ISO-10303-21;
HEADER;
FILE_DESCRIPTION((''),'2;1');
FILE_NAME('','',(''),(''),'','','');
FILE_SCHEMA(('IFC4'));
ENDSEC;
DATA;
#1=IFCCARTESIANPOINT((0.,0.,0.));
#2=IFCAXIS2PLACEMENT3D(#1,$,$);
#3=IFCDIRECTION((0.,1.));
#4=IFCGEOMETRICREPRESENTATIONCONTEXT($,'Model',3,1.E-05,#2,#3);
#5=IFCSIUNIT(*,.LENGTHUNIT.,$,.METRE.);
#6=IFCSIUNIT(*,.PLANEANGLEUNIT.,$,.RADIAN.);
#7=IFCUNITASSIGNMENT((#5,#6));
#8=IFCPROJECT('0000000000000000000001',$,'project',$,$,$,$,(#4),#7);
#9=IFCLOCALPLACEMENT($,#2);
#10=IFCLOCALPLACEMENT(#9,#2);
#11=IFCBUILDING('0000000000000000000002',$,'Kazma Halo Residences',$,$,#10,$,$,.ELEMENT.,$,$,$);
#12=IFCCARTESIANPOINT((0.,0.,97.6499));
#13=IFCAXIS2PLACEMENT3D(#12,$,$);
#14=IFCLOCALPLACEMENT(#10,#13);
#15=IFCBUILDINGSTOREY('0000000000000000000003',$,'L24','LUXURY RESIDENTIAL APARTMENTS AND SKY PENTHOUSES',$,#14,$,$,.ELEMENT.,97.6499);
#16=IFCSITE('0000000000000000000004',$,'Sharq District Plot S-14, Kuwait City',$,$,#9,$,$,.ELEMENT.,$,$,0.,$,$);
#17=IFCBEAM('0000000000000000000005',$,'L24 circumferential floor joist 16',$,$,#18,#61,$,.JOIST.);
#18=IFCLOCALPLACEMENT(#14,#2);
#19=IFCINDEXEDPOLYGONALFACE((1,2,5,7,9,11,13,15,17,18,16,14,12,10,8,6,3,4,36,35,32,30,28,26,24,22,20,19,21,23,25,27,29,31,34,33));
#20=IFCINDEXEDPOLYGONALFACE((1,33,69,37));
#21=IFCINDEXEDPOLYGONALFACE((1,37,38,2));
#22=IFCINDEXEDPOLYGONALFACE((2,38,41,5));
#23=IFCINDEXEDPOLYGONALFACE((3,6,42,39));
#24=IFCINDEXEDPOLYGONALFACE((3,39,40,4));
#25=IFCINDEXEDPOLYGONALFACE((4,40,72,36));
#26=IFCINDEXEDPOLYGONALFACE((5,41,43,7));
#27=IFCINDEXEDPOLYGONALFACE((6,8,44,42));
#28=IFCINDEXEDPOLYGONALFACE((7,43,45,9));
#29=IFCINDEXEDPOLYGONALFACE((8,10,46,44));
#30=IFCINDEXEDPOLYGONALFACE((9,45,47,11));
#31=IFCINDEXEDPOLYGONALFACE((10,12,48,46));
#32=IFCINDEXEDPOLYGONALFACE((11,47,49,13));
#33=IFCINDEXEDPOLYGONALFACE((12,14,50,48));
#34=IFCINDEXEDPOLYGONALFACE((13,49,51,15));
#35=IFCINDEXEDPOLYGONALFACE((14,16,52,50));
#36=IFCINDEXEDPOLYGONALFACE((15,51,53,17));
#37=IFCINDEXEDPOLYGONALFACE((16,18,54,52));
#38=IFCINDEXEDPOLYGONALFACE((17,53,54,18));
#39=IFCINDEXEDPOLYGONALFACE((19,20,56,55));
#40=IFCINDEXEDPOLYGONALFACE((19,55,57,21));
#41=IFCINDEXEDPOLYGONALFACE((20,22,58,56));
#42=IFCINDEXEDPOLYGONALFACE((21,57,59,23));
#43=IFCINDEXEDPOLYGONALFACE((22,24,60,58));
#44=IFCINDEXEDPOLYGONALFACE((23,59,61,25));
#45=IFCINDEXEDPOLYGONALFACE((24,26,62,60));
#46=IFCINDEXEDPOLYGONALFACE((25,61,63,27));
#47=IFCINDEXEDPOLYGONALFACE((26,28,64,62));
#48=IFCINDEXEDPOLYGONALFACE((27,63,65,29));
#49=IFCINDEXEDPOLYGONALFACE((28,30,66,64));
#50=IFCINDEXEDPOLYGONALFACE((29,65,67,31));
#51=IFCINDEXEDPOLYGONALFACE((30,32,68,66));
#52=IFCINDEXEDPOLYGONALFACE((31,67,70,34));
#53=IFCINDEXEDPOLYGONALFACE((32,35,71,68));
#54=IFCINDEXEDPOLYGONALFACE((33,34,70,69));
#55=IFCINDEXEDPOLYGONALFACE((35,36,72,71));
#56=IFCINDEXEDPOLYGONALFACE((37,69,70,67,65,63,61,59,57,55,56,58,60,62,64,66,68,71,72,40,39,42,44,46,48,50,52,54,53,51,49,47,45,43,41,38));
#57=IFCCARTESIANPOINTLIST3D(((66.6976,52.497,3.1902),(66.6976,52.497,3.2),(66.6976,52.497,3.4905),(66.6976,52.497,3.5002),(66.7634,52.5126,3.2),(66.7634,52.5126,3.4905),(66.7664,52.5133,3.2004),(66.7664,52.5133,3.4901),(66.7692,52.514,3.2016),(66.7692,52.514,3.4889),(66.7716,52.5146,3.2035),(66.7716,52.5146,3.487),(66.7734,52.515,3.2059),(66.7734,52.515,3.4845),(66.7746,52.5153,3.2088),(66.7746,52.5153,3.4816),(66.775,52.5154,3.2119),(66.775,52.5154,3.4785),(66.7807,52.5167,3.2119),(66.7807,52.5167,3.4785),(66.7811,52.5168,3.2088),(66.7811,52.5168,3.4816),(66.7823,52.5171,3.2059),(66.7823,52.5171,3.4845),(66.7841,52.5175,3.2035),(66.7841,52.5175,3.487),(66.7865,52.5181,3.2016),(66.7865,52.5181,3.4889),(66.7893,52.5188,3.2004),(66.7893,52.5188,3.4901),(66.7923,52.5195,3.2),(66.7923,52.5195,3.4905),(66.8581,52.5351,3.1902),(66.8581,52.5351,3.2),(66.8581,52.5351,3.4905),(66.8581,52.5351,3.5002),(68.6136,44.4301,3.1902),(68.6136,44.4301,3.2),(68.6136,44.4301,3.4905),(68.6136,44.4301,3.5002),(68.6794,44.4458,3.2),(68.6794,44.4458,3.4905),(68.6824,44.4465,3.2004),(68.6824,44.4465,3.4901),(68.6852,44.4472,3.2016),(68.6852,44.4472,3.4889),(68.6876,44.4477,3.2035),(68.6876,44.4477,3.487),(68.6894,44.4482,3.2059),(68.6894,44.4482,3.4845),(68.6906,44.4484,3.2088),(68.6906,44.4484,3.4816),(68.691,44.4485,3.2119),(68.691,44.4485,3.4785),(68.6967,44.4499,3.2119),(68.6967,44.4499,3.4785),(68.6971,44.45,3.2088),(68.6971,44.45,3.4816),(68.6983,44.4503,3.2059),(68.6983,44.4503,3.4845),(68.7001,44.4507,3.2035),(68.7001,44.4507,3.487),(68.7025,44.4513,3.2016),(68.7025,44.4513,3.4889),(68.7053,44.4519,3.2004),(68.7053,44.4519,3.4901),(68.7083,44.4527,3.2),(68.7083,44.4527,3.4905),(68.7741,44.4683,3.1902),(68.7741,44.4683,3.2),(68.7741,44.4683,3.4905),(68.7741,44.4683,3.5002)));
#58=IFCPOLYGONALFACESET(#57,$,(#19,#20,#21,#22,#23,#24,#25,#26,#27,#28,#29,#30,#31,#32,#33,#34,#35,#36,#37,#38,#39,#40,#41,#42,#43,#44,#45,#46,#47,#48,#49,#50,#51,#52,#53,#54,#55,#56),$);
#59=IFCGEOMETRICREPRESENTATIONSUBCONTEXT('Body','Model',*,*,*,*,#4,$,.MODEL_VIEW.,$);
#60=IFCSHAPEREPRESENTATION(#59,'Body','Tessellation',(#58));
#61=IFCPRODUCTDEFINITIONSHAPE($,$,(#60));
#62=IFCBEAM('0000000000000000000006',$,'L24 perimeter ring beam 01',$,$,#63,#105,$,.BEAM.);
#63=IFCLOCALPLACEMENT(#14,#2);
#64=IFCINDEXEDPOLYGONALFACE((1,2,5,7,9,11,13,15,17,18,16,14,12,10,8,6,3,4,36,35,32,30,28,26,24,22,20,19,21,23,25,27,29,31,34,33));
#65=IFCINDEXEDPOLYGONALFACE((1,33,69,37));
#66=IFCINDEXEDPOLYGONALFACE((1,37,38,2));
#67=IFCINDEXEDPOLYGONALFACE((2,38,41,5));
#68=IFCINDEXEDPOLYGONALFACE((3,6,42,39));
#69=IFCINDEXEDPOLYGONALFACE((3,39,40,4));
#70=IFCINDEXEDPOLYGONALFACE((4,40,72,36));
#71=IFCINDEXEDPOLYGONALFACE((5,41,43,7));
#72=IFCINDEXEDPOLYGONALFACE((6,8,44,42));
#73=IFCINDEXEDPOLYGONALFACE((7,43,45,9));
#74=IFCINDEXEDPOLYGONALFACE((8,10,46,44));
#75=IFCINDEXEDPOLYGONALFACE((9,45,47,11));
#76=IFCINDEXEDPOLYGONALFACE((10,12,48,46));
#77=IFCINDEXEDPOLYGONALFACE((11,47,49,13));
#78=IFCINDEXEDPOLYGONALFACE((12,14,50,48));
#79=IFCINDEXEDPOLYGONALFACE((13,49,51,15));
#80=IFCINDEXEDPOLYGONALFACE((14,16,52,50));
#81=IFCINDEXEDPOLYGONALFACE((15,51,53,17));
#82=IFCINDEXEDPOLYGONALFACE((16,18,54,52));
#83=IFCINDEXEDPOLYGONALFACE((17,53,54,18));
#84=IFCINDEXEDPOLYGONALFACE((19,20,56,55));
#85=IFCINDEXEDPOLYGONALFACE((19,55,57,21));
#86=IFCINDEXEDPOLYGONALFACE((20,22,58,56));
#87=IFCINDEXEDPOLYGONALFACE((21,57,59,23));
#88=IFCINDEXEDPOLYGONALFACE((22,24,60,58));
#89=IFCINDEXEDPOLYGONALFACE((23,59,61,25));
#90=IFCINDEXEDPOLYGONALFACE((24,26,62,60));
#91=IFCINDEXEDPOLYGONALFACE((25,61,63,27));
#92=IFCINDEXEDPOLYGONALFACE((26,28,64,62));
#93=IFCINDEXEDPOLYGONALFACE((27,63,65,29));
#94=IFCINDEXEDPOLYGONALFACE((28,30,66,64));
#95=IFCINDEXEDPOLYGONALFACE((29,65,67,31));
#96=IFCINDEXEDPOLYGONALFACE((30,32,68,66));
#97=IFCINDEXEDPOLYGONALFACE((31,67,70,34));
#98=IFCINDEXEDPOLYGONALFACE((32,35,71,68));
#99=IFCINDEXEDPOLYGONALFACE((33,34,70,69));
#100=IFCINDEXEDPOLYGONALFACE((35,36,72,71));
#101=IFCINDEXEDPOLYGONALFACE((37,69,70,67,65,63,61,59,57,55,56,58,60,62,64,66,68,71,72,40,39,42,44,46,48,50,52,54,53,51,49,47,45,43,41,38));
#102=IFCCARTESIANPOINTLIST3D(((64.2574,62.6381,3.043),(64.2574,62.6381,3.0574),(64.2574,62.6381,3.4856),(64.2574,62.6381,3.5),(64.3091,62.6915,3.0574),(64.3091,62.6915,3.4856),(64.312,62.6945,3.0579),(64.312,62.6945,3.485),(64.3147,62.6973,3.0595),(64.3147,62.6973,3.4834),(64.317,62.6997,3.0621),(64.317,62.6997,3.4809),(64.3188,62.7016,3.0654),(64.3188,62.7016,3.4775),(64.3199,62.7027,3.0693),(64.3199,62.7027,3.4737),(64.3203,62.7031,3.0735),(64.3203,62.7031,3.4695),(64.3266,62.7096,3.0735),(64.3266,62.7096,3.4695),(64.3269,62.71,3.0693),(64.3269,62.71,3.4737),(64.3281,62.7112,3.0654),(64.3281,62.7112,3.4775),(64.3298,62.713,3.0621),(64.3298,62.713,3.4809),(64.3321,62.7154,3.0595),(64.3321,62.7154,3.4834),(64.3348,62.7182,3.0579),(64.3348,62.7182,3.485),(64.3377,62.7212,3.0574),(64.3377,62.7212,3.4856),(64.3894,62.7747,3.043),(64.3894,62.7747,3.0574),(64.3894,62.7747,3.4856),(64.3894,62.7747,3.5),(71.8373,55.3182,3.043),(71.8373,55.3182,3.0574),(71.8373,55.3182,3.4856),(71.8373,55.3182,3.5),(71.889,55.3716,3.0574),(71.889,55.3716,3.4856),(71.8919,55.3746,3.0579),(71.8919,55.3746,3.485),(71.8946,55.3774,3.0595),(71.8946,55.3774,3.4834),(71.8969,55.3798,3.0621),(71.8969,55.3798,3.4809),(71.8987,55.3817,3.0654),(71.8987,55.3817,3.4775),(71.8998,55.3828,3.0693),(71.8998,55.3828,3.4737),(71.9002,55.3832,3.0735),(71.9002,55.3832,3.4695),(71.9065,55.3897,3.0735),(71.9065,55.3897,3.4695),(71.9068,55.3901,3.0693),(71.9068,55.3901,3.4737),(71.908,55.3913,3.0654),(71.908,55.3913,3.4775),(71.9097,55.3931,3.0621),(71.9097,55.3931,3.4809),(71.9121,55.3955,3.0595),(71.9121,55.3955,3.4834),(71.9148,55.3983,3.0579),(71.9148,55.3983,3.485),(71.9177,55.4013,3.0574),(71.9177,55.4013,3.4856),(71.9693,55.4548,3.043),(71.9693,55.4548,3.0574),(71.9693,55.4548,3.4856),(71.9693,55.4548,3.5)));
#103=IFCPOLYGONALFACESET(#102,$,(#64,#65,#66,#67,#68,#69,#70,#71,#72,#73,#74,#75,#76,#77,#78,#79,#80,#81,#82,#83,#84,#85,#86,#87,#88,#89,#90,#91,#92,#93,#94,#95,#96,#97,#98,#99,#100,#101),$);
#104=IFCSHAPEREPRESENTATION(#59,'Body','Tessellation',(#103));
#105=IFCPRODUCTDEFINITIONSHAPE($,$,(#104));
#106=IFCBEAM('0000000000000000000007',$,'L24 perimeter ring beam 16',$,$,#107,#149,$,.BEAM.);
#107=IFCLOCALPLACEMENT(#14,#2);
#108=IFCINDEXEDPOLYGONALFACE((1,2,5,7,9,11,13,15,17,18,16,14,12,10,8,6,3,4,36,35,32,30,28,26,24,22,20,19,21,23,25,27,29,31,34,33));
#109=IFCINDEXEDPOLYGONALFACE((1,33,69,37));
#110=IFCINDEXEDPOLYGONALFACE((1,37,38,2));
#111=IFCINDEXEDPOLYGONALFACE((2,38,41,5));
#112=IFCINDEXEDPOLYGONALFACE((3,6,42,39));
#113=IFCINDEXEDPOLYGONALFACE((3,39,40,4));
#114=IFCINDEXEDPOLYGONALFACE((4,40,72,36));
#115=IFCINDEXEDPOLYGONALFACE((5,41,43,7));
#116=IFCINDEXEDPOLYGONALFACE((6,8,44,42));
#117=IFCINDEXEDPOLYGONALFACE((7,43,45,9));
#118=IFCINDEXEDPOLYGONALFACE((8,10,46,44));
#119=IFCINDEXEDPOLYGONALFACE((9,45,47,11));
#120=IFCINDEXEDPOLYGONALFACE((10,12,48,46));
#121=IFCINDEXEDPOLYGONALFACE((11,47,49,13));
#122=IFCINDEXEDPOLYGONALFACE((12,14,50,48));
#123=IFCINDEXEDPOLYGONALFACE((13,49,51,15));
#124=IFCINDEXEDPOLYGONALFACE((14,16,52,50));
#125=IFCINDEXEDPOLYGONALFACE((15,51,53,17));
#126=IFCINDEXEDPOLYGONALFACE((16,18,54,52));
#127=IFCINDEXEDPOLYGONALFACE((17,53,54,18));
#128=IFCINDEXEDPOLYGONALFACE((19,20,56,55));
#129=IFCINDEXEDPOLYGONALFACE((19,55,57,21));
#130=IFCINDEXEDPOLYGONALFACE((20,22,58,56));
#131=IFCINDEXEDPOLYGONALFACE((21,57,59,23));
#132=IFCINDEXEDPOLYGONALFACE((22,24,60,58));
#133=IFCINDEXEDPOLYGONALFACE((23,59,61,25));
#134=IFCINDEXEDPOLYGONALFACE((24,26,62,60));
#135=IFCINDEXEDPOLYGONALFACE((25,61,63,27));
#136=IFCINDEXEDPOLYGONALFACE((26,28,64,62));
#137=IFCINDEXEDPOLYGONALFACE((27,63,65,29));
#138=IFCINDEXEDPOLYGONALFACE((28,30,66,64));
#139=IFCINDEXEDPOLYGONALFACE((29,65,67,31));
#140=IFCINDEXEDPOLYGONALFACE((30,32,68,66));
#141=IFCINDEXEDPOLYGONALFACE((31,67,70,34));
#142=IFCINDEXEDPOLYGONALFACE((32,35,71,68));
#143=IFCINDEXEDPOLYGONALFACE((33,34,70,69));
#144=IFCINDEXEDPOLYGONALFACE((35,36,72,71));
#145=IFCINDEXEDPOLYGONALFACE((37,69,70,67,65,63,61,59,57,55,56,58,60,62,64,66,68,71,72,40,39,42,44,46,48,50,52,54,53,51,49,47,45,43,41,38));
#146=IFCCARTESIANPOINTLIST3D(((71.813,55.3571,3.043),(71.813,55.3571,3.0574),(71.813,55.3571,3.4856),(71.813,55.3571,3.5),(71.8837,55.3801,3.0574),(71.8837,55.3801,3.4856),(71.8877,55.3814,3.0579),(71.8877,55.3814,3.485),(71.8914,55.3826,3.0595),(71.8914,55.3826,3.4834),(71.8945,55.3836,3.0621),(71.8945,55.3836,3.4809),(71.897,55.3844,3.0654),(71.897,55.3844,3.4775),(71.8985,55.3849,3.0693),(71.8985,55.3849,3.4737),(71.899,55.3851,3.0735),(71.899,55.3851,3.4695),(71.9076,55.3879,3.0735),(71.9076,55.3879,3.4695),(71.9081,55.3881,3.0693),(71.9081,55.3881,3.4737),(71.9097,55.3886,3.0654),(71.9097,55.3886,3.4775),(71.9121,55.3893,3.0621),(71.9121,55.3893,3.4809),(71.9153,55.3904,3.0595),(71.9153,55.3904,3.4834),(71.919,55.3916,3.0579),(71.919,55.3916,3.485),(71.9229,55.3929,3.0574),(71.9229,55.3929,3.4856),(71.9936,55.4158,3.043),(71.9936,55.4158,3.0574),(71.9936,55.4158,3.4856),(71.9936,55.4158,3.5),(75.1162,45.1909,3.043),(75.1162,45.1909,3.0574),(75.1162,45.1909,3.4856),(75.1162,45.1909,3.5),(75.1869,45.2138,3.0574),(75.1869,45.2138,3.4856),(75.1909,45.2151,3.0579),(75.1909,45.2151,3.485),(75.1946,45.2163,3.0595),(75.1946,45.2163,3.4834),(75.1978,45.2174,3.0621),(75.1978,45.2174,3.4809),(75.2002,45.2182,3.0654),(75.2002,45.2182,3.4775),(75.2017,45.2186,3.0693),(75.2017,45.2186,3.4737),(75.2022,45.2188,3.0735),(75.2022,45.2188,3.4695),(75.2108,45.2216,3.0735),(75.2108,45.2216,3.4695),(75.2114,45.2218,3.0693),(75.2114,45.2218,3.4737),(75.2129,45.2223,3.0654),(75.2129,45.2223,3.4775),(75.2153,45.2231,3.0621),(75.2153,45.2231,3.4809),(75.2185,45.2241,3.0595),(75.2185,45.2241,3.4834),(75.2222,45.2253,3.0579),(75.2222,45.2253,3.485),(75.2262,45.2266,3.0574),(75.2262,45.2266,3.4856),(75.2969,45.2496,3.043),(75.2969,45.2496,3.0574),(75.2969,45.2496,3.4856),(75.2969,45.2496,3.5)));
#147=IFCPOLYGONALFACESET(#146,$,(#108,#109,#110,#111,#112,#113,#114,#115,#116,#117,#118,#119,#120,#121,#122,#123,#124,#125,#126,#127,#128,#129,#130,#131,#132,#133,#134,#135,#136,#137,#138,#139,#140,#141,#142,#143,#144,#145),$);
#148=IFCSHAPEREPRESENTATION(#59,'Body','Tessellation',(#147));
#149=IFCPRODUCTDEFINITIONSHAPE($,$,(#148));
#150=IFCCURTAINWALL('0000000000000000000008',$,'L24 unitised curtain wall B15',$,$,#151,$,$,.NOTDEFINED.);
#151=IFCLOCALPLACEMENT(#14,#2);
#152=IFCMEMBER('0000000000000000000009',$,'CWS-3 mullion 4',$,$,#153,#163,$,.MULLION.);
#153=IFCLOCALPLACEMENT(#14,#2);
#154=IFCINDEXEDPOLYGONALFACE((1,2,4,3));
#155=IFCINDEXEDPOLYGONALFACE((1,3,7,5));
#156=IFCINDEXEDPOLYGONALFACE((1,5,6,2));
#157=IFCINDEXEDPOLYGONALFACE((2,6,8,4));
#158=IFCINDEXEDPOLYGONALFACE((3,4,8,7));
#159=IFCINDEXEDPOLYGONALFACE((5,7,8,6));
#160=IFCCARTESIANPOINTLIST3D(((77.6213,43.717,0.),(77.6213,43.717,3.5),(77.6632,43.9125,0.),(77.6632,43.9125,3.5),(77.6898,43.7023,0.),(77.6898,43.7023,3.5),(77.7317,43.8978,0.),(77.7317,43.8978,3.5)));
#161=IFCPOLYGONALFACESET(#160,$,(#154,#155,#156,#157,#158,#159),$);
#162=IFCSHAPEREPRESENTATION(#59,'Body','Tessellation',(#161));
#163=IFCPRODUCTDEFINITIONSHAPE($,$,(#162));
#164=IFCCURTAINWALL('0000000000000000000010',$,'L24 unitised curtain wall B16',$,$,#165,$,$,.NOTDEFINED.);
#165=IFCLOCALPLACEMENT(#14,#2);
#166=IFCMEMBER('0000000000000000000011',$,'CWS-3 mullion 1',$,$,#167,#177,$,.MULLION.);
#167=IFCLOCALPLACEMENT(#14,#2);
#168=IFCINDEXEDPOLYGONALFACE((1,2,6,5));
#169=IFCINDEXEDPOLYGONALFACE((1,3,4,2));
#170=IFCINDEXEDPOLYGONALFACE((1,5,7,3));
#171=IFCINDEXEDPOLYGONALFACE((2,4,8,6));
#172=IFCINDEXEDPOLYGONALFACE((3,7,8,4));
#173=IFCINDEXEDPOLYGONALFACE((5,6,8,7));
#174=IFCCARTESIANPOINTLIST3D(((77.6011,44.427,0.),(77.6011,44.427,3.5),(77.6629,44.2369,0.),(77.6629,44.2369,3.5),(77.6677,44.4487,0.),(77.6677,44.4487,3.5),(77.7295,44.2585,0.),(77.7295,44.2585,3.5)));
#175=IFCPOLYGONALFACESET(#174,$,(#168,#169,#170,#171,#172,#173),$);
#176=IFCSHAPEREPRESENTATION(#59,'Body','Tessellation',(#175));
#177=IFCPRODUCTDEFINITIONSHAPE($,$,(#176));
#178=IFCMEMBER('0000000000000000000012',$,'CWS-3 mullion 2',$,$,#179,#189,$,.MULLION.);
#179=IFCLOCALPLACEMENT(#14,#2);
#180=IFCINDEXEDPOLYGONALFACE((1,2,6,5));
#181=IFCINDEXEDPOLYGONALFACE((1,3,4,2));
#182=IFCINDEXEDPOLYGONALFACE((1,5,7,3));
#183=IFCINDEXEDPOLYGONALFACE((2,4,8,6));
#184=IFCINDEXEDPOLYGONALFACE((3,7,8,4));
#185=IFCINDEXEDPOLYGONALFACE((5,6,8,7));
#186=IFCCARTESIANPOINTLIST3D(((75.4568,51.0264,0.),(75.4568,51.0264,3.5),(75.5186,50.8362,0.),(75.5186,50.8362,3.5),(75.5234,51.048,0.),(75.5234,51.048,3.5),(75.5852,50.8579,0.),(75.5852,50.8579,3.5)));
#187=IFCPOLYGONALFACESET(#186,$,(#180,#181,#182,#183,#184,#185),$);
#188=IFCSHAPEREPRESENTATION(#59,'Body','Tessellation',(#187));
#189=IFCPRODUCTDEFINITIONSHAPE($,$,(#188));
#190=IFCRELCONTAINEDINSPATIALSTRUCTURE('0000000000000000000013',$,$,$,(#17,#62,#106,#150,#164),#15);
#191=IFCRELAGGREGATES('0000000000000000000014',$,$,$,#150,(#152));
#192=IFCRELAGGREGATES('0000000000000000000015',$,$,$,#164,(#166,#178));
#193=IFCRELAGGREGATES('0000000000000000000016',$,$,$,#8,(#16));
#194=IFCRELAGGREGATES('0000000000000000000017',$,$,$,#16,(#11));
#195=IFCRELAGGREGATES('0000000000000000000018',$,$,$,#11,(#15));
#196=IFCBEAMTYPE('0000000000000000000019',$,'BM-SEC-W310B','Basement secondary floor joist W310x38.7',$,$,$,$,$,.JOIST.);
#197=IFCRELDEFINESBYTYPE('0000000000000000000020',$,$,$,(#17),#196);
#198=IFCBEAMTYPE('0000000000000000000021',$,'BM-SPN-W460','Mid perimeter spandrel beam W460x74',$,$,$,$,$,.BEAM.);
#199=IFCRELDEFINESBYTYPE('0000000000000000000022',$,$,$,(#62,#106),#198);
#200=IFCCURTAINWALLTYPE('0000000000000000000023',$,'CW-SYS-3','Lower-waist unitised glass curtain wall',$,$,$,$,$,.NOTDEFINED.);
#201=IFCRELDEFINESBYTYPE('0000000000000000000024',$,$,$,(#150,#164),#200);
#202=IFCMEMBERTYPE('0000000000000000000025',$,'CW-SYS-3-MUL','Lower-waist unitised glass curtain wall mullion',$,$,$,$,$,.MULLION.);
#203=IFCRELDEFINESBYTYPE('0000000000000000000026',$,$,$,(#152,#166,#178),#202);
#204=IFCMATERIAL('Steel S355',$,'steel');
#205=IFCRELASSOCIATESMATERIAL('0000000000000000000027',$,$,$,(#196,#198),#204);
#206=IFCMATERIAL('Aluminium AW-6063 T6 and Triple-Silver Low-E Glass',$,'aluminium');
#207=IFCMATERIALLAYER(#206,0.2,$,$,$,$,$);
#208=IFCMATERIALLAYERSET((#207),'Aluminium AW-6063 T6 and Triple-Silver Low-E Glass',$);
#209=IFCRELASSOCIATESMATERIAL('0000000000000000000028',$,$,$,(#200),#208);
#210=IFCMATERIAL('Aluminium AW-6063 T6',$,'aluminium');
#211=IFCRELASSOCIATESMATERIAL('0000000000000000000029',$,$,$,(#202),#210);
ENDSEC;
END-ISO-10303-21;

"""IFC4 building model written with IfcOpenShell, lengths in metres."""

from ifc_helpers import new_model, si_unit, direction, frame, origin, origin_2d, place, context, subcontext, project, spatial, rectangle, i_section, extrude, material, layer, layer_set, material_profile, profile_set, type_object, element, aggregate, save


model = new_model("IFC4")

# Units and contexts
model_context = context("Model", 3, precision=1e-05, world=origin(), true_north=direction((0.0, 1.0)))
body_context = subcontext(model_context, "Body", "Model", "MODEL_VIEW")
ifc_project = project(units=[si_unit("LENGTHUNIT", "METRE"), si_unit("PLANEANGLEUNIT", "RADIAN")], contexts=[model_context])

# Site, building, storey
site_placement = place(None, origin())
site = spatial("IfcSite", under=ifc_project, at=site_placement, Name="Sharq District Plot S-14, Kuwait City", CompositionType="ELEMENT", RefElevation=0.0)
building_placement = place(site_placement, origin())
building = spatial("IfcBuilding", under=site, at=building_placement, Name="Kazma Halo Residences", CompositionType="ELEMENT")
storey_placement = place(building_placement, frame((0.0, 0.0, 97.6499)))
storey = spatial("IfcBuildingStorey", under=building, at=storey_placement, Name="L24", Description="LUXURY RESIDENTIAL APARTMENTS AND SKY PENTHOUSES", CompositionType="ELEMENT", Elevation=97.6499)

# Beams
ifc_material_1 = material(Name="Steel S355", Category="steel")
ifc_material_profile_1 = material_profile(ifc_material_1, i_section(OverallWidth=0.165, OverallDepth=0.3101, WebThickness=0.0059, FlangeThickness=0.0098, FilletRadius=0.012, at=origin_2d()), Name="W310x38.7")
ifc_profile_set_1 = profile_set([ifc_material_profile_1], Name="Steel S355")
beam_type_1 = type_object("IfcBeamType", Name="BM-SEC-W310B", Description="Basement secondary floor joist W310x38.7", PredefinedType="JOIST", material=ifc_profile_set_1)
beam_1_placement = place(storey_placement, frame((68.6938, 44.4492, 3.3452), z_axis=(-0.231087, 0.972933, 0.0), x_axis=(-0.972933, -0.231087, 0.0)))
element("IfcBeam", 1, at=beam_1_placement, inside=storey, type_object=beam_type_1, Name="L24 circumferential floor joist 16", PredefinedType="JOIST", context=body_context, shape_type="SweptSolid", body=[
    extrude(i_section(OverallWidth=0.165, OverallDepth=0.3101, WebThickness=0.0059, FlangeThickness=0.0098, FilletRadius=0.012, at=origin_2d()), origin(), (0.0, 0.0, 1.0), 8.2913),
])
ifc_material_profile_2 = material_profile(ifc_material_1, i_section(OverallWidth=0.1899, OverallDepth=0.457, WebThickness=0.009, FlangeThickness=0.0144, FilletRadius=0.0161, at=origin_2d()), Name="W460x74")
ifc_profile_set_2 = profile_set([ifc_material_profile_2], Name="Steel S355")
beam_type_2 = type_object("IfcBeamType", Name="BM-SPN-W460", Description="Mid perimeter spandrel beam W460x74", PredefinedType="BEAM", material=ifc_profile_set_2)
beam_2_placement = place(storey_placement, frame((71.9033, 55.3865, 3.2715), z_axis=(-0.719337, 0.694661, 0.0), x_axis=(-0.694661, -0.719337, 0.0)))
element("IfcBeam", 2, at=beam_2_placement, inside=storey, type_object=beam_type_2, Name="L24 perimeter ring beam 01", PredefinedType="BEAM", context=body_context, shape_type="SweptSolid", body=[
    extrude(i_section(OverallWidth=0.1899, OverallDepth=0.457, WebThickness=0.009, FlangeThickness=0.0144, FilletRadius=0.0161, at=origin_2d()), origin(), (0.0, 0.0, 1.0), 10.5374),
])
beam_3_placement = place(storey_placement, frame((75.2065, 45.2202, 3.2715), z_axis=(-0.309017, 0.951056, 0.0), x_axis=(-0.951056, -0.309017, 0.0)))
element("IfcBeam", 3, at=beam_3_placement, inside=storey, type_object=beam_type_2, Name="L24 perimeter ring beam 16", PredefinedType="BEAM", context=body_context, shape_type="SweptSolid", body=[
    extrude(i_section(OverallWidth=0.1899, OverallDepth=0.457, WebThickness=0.009, FlangeThickness=0.0144, FilletRadius=0.0161, at=origin_2d()), origin(), (0.0, 0.0, 1.0), 10.6895),
])

# Curtain wall, member
ifc_material_2 = material(Name="Aluminium AW-6063 T6 and Triple-Silver Low-E Glass", Category="aluminium")
ifc_layer_1 = layer(ifc_material_2, 0.2)
ifc_layer_set_1 = layer_set([ifc_layer_1], Name="Aluminium AW-6063 T6 and Triple-Silver Low-E Glass")
curtain_wall_type = type_object("IfcCurtainWallType", Name="CW-SYS-3", Description="Lower-waist unitised glass curtain wall", PredefinedType="NOTDEFINED", material=ifc_layer_set_1)
curtain_wall_1_placement = place(storey_placement, origin())
curtain_wall_1 = element("IfcCurtainWall", 4, at=curtain_wall_1_placement, inside=storey, type_object=curtain_wall_type, Name="L24 unitised curtain wall B15", PredefinedType="NOTDEFINED")
ifc_material_3 = material(Name="Aluminium AW-6063 T6", Category="aluminium")
ifc_material_profile_3 = material_profile(ifc_material_3, rectangle(XDim=0.0701, YDim=0.2, at=origin_2d()), Name="CWM-70x200")
ifc_profile_set_3 = profile_set([ifc_material_profile_3], Name="Aluminium AW-6063 T6")
member_type_1 = type_object("IfcMemberType", Name="CW-SYS-3-MUL", Description="Lower-waist unitised glass curtain wall mullion", PredefinedType="MULLION", material=ifc_profile_set_3)
member_1_placement = place(storey_placement, frame((77.6765, 43.8074, 0.0), z_axis=(0.0, 0.0, 1.0), x_axis=(-0.977774, 0.209661, 0.0)))
member_1 = element("IfcMember", 5, at=member_1_placement, type_object=member_type_1, Name="CWS-3 mullion 4", PredefinedType="MULLION", context=body_context, shape_type="SweptSolid", body=[
    extrude(rectangle(XDim=0.0701, YDim=0.2, at=origin_2d()), origin(), (0.0, 0.0, 1.0), 3.5),
])
aggregate(curtain_wall_1, [member_1])

# Curtain wall, members
curtain_wall_2_placement = place(storey_placement, origin())
curtain_wall_2 = element("IfcCurtainWall", 6, at=curtain_wall_2_placement, inside=storey, type_object=curtain_wall_type, Name="L24 unitised curtain wall B16", PredefinedType="NOTDEFINED")
member_2_placement = place(storey_placement, frame((77.6653, 44.3428, 0.0), z_axis=(0.0, 0.0, 1.0), x_axis=(-0.951058, -0.309013, 0.0)))
member_2 = element("IfcMember", 7, at=member_2_placement, type_object=member_type_1, Name="CWS-3 mullion 1", PredefinedType="MULLION", context=body_context, shape_type="SweptSolid", body=[
    extrude(rectangle(XDim=0.0701, YDim=0.2, at=origin_2d()), origin(), (0.0, 0.0, 1.0), 3.5),
])
member_3_placement = place(storey_placement, frame((75.521, 50.9421, 0.0), z_axis=(0.0, 0.0, 1.0), x_axis=(-0.951058, -0.309013, 0.0)))
member_3 = element("IfcMember", 8, at=member_3_placement, type_object=member_type_1, Name="CWS-3 mullion 2", PredefinedType="MULLION", context=body_context, shape_type="SweptSolid", body=[
    extrude(rectangle(XDim=0.0701, YDim=0.2, at=origin_2d()), origin(), (0.0, 0.0, 1.0), 3.5),
])
aggregate(curtain_wall_2, [member_2, member_3])

save(model, "model.ifc")
